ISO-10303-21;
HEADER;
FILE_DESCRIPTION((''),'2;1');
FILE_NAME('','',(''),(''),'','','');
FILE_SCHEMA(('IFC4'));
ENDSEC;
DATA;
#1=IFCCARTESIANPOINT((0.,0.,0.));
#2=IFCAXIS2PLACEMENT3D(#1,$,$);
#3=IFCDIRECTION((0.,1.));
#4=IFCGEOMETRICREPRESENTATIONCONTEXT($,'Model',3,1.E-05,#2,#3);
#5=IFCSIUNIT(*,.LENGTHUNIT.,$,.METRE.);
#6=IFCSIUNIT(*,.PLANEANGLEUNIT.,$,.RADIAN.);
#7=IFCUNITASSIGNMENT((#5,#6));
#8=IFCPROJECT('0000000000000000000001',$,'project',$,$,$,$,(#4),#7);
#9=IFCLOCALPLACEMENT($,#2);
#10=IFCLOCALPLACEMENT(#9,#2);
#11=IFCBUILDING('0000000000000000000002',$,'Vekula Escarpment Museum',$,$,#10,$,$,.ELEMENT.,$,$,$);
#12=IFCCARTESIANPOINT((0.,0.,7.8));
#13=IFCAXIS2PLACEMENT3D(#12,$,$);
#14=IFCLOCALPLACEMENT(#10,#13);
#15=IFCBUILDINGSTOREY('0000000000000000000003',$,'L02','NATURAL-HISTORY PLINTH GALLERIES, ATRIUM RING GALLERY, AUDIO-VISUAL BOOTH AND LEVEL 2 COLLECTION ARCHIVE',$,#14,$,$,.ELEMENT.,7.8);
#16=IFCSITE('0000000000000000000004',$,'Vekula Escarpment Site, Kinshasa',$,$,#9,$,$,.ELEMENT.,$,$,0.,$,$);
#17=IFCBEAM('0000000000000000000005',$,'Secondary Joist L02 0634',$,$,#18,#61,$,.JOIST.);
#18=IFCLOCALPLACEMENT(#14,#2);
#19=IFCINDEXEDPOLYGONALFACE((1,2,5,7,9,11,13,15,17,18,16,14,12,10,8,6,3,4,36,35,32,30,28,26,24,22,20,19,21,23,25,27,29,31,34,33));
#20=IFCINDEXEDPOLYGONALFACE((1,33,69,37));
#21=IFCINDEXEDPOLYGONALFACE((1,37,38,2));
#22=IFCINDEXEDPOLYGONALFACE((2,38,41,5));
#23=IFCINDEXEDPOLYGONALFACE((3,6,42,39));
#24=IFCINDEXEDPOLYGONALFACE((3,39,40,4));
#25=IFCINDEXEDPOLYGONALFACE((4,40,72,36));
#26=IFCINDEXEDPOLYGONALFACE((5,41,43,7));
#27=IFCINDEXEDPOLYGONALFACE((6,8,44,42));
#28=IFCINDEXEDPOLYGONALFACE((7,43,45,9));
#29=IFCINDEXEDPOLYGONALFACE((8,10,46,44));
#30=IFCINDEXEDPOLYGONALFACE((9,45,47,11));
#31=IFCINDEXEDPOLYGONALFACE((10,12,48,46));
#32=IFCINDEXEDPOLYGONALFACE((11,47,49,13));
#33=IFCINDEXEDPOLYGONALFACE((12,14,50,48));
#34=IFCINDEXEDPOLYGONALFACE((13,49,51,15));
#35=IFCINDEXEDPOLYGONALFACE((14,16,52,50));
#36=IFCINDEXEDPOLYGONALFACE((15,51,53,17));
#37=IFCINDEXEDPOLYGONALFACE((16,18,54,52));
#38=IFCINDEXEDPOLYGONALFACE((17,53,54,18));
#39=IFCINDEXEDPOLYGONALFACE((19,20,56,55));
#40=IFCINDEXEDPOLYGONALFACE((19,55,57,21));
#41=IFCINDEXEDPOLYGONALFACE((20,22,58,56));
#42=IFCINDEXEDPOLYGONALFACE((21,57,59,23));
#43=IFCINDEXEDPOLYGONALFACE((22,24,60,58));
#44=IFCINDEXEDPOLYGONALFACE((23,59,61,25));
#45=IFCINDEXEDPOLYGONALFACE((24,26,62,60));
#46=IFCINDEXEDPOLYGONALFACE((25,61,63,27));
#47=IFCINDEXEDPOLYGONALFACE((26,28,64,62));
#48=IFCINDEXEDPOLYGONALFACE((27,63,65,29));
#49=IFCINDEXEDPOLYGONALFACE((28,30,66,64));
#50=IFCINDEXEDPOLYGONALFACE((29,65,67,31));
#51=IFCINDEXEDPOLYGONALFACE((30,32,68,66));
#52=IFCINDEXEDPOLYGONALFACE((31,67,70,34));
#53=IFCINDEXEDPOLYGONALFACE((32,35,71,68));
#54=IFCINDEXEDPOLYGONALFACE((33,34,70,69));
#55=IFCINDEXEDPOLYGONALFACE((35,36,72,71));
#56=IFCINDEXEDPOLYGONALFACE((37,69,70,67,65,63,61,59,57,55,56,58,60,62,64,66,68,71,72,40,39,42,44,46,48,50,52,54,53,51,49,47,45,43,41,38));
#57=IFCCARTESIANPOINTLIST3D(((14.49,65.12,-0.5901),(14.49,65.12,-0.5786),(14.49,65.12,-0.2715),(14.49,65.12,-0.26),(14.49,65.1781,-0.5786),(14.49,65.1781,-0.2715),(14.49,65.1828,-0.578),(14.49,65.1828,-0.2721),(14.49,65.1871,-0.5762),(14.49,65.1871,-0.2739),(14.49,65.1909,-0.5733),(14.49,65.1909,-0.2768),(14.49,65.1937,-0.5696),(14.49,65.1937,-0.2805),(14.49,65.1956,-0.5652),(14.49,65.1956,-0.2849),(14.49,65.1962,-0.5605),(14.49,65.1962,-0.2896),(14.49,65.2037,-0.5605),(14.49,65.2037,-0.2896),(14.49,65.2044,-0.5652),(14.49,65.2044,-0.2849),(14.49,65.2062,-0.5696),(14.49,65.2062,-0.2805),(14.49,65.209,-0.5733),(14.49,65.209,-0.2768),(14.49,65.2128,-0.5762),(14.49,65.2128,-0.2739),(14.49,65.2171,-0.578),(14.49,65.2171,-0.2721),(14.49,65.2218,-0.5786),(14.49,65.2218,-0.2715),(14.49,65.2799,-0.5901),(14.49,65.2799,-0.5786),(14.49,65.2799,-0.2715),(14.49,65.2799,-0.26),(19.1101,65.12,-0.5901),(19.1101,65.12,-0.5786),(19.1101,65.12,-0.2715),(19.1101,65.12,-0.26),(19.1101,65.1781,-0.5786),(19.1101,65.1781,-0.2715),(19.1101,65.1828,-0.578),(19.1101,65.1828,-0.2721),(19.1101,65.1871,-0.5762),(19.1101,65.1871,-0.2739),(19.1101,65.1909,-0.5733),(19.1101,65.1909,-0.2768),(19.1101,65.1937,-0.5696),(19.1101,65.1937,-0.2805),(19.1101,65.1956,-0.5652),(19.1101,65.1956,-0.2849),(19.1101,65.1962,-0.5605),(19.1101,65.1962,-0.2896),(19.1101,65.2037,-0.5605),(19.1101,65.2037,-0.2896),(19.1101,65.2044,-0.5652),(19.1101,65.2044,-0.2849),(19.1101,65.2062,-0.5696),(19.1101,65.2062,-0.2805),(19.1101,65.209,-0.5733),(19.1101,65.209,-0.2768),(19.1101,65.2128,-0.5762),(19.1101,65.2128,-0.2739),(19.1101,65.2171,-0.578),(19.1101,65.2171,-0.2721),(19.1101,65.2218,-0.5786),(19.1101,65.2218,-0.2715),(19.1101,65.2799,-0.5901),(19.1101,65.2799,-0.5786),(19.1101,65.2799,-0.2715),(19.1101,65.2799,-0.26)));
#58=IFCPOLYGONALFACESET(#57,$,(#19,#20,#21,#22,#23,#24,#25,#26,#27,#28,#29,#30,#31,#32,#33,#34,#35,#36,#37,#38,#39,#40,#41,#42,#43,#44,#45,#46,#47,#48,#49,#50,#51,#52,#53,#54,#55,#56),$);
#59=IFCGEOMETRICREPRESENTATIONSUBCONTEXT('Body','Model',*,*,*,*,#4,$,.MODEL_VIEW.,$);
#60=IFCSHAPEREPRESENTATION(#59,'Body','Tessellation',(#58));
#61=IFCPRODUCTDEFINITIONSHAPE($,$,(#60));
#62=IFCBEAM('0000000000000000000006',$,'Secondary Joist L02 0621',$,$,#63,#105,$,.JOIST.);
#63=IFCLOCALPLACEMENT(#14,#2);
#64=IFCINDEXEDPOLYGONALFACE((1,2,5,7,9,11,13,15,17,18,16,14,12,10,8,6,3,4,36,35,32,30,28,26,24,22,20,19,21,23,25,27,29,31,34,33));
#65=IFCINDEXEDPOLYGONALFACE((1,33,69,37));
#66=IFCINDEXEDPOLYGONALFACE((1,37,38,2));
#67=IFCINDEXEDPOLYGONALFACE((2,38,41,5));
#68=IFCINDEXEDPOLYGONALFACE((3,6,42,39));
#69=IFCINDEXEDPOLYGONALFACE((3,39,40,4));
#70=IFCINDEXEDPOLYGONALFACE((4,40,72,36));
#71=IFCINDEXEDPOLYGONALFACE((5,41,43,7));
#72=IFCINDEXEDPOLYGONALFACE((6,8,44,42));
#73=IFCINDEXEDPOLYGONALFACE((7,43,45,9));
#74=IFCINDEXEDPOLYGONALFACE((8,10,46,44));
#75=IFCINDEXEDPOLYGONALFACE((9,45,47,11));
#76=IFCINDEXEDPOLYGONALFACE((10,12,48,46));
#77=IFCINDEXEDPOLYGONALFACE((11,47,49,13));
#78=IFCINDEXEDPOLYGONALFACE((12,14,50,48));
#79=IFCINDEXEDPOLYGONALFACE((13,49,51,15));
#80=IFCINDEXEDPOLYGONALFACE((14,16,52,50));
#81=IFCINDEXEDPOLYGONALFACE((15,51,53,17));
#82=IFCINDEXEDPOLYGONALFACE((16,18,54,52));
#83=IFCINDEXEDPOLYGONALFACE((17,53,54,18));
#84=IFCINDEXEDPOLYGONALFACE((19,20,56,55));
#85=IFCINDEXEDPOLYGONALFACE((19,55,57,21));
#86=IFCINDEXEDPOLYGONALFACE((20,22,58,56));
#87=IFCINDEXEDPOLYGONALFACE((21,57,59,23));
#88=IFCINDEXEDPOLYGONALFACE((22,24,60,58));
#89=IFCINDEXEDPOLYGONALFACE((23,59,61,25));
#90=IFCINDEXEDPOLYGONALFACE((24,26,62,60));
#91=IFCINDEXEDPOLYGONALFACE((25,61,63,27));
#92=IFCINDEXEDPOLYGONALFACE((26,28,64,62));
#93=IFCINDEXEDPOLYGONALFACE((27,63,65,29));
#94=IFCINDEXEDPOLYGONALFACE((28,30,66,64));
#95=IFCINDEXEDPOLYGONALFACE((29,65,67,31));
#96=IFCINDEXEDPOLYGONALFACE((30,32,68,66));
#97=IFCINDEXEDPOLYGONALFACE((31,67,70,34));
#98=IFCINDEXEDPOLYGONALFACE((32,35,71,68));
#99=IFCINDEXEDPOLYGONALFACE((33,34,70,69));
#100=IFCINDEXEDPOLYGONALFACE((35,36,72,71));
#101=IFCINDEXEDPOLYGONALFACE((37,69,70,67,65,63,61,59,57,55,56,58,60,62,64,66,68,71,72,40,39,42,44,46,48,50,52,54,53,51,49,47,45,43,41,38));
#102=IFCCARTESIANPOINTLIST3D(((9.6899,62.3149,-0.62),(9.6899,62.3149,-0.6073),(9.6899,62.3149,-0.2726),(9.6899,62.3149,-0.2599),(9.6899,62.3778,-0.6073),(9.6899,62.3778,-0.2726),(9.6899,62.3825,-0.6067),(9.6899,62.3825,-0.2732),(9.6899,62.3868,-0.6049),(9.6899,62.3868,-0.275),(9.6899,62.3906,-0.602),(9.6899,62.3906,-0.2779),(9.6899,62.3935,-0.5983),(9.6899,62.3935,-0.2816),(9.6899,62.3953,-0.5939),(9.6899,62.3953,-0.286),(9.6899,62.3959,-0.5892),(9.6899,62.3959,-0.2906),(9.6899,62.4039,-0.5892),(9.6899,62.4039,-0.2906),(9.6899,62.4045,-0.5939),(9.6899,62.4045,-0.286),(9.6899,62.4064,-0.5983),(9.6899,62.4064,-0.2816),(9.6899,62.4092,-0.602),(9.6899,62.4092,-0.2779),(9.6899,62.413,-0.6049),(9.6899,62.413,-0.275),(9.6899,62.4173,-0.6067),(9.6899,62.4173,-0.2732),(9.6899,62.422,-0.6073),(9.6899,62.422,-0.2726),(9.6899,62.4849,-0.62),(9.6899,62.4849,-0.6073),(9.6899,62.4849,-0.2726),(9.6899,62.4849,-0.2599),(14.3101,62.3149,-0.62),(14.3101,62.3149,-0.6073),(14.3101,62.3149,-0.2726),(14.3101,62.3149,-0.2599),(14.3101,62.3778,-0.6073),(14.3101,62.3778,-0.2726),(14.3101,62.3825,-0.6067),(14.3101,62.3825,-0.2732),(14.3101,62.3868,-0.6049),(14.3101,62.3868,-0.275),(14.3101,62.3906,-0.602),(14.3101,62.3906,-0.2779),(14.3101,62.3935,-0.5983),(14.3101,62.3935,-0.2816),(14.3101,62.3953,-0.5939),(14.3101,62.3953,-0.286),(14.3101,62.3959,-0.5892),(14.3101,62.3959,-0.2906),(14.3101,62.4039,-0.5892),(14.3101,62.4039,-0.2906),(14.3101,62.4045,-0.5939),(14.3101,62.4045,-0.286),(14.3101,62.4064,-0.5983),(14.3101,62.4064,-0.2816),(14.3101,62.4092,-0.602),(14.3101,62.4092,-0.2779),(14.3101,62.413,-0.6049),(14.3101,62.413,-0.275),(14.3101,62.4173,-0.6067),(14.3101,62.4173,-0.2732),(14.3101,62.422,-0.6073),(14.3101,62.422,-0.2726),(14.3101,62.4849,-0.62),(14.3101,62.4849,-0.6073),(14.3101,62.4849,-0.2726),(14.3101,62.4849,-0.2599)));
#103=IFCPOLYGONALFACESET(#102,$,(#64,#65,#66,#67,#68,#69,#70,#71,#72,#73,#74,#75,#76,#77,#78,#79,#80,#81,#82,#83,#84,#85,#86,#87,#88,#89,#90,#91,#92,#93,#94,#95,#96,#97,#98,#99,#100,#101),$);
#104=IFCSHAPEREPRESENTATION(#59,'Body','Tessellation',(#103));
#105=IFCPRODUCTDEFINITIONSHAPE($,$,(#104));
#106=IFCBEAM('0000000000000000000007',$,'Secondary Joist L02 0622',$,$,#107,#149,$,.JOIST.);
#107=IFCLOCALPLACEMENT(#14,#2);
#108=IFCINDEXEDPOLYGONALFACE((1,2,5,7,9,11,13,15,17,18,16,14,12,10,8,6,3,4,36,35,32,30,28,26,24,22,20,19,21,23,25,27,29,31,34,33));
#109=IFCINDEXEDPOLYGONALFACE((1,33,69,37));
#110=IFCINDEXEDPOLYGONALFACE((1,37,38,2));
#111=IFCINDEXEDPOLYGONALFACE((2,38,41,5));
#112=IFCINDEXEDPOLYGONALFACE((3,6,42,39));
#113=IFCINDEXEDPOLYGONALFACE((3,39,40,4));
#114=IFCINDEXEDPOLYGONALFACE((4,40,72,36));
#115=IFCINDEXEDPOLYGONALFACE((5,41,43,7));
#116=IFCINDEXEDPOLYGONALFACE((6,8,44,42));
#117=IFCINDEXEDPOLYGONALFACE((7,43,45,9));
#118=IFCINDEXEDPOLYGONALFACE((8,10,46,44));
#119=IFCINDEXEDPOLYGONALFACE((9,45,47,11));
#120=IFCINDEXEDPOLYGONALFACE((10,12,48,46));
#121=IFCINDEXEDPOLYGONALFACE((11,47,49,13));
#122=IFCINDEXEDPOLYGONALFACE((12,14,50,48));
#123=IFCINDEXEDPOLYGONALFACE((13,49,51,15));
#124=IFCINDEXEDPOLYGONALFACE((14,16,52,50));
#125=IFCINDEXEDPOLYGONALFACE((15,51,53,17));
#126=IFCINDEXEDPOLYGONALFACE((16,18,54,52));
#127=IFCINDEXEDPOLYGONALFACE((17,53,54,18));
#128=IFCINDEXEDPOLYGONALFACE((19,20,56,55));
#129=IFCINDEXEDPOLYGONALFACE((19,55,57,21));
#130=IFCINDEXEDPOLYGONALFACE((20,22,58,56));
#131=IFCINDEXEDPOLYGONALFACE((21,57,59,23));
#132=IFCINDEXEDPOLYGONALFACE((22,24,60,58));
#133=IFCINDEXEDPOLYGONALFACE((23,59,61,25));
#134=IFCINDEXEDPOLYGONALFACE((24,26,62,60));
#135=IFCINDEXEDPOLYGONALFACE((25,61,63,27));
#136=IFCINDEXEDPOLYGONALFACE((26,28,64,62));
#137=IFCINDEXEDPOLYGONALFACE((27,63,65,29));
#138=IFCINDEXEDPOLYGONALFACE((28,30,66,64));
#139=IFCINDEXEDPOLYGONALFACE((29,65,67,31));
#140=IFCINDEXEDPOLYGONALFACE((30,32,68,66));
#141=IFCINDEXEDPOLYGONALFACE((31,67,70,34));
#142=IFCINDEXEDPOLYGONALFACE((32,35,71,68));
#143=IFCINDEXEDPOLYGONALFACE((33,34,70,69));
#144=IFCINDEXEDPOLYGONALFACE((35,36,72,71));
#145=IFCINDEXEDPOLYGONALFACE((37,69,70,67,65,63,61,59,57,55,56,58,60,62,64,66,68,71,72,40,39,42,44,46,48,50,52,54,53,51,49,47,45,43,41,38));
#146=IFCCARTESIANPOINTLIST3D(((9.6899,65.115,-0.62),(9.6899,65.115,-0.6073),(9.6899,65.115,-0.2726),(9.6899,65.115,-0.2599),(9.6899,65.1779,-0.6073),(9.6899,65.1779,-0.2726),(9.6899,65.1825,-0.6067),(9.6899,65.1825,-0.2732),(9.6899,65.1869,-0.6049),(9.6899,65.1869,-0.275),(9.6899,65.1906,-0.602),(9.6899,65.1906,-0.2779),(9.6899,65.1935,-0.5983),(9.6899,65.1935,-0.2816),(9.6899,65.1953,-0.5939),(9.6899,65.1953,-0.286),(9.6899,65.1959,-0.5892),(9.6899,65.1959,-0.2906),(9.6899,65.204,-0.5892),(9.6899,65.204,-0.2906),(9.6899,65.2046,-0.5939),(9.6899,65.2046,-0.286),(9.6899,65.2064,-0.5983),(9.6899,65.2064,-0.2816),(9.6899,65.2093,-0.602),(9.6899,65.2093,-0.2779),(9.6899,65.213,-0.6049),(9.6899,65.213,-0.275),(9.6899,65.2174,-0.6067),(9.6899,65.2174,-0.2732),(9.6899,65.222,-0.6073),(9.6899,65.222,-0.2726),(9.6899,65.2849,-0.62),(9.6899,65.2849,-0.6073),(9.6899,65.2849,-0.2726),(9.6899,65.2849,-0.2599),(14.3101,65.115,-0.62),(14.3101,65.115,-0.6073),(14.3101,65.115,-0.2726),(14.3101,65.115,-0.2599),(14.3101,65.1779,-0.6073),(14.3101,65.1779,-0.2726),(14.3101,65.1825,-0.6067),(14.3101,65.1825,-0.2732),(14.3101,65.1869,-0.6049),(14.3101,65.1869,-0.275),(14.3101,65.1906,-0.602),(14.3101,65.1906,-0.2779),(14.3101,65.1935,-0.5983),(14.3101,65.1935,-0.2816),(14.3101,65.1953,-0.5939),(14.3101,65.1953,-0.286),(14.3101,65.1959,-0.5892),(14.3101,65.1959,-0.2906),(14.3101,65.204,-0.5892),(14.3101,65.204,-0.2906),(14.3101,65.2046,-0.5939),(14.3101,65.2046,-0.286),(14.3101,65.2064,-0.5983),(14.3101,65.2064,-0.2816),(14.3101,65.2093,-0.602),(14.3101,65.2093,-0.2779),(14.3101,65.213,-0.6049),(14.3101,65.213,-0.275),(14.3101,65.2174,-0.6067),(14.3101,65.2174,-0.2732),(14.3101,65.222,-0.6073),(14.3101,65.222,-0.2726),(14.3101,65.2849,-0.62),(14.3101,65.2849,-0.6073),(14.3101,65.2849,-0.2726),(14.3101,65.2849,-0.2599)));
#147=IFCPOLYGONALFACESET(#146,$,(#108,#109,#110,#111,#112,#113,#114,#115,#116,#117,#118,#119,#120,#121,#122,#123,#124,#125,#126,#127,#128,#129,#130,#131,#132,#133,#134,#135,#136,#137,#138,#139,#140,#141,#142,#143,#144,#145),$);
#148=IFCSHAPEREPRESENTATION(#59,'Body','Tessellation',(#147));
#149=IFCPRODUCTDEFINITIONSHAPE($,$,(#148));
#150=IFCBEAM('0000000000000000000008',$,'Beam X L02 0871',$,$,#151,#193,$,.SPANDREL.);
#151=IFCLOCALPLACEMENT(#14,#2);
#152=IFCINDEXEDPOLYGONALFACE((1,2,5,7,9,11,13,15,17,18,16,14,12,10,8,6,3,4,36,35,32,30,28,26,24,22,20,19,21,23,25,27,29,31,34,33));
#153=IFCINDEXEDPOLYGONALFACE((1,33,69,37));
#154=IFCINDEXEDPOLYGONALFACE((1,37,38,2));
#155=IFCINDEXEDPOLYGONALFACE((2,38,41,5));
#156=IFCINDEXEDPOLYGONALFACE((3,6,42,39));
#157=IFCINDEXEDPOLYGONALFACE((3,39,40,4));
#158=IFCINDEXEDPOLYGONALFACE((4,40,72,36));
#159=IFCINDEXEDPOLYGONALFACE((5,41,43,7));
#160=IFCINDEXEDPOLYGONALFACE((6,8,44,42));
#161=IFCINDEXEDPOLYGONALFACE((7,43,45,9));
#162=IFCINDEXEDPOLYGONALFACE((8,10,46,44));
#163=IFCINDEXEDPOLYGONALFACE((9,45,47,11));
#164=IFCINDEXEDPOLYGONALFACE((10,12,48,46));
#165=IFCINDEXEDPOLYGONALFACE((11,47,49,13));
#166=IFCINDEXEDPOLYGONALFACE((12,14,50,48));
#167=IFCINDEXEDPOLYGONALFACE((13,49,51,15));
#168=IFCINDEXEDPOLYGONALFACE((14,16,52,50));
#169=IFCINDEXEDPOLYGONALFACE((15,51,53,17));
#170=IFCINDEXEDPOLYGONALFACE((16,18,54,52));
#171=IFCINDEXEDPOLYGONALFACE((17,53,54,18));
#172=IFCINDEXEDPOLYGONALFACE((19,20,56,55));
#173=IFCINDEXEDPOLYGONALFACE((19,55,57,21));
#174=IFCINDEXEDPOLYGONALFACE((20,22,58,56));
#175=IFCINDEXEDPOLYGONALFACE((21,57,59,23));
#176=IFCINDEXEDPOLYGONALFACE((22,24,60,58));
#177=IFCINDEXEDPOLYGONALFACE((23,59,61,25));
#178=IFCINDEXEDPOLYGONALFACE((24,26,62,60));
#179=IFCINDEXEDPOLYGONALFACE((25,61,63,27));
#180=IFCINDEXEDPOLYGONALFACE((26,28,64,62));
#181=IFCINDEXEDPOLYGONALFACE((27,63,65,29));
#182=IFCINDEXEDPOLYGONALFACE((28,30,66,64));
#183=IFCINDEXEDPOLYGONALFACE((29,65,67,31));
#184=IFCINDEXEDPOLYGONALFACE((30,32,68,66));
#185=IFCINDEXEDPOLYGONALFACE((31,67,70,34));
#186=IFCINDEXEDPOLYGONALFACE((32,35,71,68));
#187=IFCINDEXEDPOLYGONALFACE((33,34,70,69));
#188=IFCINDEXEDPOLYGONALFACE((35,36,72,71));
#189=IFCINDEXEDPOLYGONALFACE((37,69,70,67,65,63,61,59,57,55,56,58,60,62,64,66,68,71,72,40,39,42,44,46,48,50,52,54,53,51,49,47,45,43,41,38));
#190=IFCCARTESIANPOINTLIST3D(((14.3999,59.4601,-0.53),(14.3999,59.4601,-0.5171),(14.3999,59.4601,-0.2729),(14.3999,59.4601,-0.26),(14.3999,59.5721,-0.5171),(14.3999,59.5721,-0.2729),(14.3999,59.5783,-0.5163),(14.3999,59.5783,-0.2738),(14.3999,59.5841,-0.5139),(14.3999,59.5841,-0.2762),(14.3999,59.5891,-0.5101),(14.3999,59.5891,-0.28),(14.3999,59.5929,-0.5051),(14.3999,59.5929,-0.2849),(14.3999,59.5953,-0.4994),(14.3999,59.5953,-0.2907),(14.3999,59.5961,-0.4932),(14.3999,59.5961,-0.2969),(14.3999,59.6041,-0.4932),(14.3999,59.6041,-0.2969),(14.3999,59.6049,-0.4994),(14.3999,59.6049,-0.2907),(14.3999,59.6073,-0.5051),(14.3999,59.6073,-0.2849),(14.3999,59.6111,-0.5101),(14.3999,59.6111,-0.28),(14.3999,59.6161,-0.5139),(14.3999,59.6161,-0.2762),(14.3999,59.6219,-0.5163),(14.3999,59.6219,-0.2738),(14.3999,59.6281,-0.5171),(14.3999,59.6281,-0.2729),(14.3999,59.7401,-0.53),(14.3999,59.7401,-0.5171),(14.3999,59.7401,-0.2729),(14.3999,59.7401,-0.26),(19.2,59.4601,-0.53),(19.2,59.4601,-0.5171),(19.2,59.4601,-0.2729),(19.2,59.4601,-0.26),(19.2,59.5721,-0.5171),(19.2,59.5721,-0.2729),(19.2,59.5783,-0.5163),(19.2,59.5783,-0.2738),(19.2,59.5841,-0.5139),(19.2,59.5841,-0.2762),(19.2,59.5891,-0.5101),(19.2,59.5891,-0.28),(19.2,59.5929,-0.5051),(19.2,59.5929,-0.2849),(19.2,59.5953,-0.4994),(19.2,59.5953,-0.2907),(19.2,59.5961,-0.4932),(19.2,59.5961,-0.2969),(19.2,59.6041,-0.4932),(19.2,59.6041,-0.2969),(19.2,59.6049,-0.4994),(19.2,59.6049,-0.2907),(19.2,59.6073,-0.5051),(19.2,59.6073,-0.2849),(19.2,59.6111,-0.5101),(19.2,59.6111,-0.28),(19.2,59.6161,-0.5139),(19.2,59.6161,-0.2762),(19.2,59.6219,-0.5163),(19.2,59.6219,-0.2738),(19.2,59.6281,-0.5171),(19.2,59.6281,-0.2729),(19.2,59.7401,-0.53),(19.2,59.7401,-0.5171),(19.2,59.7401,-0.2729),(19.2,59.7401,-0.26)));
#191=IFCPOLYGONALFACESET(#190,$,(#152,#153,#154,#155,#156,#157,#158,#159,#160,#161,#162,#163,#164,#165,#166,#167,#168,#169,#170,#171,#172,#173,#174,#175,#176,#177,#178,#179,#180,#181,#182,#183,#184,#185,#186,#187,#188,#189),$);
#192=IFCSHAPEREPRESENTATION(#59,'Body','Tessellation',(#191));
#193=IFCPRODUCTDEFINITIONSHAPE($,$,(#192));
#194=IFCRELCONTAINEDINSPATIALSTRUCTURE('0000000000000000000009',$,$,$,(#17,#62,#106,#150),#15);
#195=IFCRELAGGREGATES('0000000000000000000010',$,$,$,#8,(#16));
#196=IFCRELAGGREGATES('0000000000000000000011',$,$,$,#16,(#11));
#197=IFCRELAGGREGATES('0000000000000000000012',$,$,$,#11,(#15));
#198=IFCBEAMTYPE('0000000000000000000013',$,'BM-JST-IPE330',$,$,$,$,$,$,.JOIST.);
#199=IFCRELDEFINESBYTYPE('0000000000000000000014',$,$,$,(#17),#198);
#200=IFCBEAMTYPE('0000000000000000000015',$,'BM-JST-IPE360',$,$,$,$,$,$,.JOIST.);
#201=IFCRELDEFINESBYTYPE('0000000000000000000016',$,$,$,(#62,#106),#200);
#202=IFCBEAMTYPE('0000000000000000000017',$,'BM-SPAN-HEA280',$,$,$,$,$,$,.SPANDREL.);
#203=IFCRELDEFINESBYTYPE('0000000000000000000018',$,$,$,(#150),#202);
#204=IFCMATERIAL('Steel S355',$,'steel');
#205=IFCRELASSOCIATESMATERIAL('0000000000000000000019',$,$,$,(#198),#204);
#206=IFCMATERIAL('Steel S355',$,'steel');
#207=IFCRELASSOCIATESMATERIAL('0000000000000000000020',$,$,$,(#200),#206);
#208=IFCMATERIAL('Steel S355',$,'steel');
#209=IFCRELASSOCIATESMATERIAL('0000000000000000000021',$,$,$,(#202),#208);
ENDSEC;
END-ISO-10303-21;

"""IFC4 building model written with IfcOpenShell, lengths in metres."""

from ifc_helpers import new_model, si_unit, direction, frame, origin, origin_2d, place, context, subcontext, project, spatial, i_section, extrude, material, material_profile, profile_set, type_object, element, save


model = new_model("IFC4")

# Units and contexts
model_context = context("Model", 3, precision=1e-05, world=origin(), true_north=direction((0.0, 1.0)))
body_context = subcontext(model_context, "Body", "Model", "MODEL_VIEW")
ifc_project = project(units=[si_unit("LENGTHUNIT", "METRE"), si_unit("PLANEANGLEUNIT", "RADIAN")], contexts=[model_context])

# Site, building, storey
site_placement = place(None, origin())
site = spatial("IfcSite", under=ifc_project, at=site_placement, Name="Vekula Escarpment Site, Kinshasa", CompositionType="ELEMENT", RefElevation=0.0)
building_placement = place(site_placement, origin())
building = spatial("IfcBuilding", under=site, at=building_placement, Name="Vekula Escarpment Museum", CompositionType="ELEMENT")
storey_placement = place(building_placement, frame((0.0, 0.0, 7.8)))
storey = spatial("IfcBuildingStorey", under=building, at=storey_placement, Name="L02", Description="NATURAL-HISTORY PLINTH GALLERIES, ATRIUM RING GALLERY, AUDIO-VISUAL BOOTH AND LEVEL 2 COLLECTION ARCHIVE", CompositionType="ELEMENT", Elevation=7.8)

# Beams
ifc_material_1 = material(Name="Steel S355", Category="steel")
ifc_material_profile_1 = material_profile(ifc_material_1, i_section(OverallWidth=0.1599, OverallDepth=0.3301, WebThickness=0.0076, FlangeThickness=0.0115, FilletRadius=0.0181, at=origin_2d()), Name="IPE 330")
ifc_profile_set_1 = profile_set([ifc_material_profile_1], Name="Steel S355")
beam_type_1 = type_object("IfcBeamType", Name="BM-JST-IPE330", PredefinedType="JOIST", material=ifc_profile_set_1)
for number, where, z_axis, x_axis, name in (
    (1, (14.49, 65.2, -0.425), (1.0, 0.0, 0.0), (0.0, 1.0, 0.0), "Secondary Joist L02 0634"),
):
    element("IfcBeam", number, at=place(storey_placement, frame(where, z_axis=z_axis, x_axis=x_axis)), inside=storey, type_object=beam_type_1, Name=name, PredefinedType="JOIST", context=body_context, shape_type="SweptSolid", body=[
        extrude(i_section(OverallWidth=0.1599, OverallDepth=0.3301, WebThickness=0.0076, FlangeThickness=0.0115, FilletRadius=0.0181, at=origin_2d()), origin(), (0.0, 0.0, 1.0), 4.6201),
    ])
ifc_material_2 = material(Name="Steel S355", Category="steel")
ifc_material_profile_2 = material_profile(ifc_material_2, i_section(OverallWidth=0.1699, OverallDepth=0.3601, WebThickness=0.0081, FlangeThickness=0.0127, FilletRadius=0.0181, at=origin_2d()), Name="IPE 360")
ifc_profile_set_2 = profile_set([ifc_material_profile_2], Name="Steel S355")
beam_type_2 = type_object("IfcBeamType", Name="BM-JST-IPE360", PredefinedType="JOIST", material=ifc_profile_set_2)
for number, where, z_axis, x_axis, name in (
    (2, (9.6899, 62.3999, -0.4399), (1.0, 0.0, 0.0), (0.0, 1.0, 0.0), "Secondary Joist L02 0621"),
    (3, (9.6899, 65.2, -0.4399), (1.0, 0.0, 0.0), (0.0, 1.0, 0.0), "Secondary Joist L02 0622"),
):
    element("IfcBeam", number, at=place(storey_placement, frame(where, z_axis=z_axis, x_axis=x_axis)), inside=storey, type_object=beam_type_2, Name=name, PredefinedType="JOIST", context=body_context, shape_type="SweptSolid", body=[
        extrude(i_section(OverallWidth=0.1699, OverallDepth=0.3601, WebThickness=0.0081, FlangeThickness=0.0127, FilletRadius=0.0181, at=origin_2d()), origin(), (0.0, 0.0, 1.0), 4.6201),
    ])
ifc_material_3 = material(Name="Steel S355", Category="steel")
ifc_material_profile_3 = material_profile(ifc_material_3, i_section(OverallWidth=0.28, OverallDepth=0.27, WebThickness=0.0081, FlangeThickness=0.0129, FilletRadius=0.0239, at=origin_2d()), Name="HEA 280")
ifc_profile_set_3 = profile_set([ifc_material_profile_3], Name="Steel S355")
beam_type_3 = type_object("IfcBeamType", Name="BM-SPAN-HEA280", PredefinedType="SPANDREL", material=ifc_profile_set_3)
for number, where, z_axis, x_axis, name in (
    (4, (14.3999, 59.6001, -0.395), (1.0, 0.0, 0.0), (0.0, 1.0, 0.0), "Beam X L02 0871"),
):
    element("IfcBeam", number, at=place(storey_placement, frame(where, z_axis=z_axis, x_axis=x_axis)), inside=storey, type_object=beam_type_3, Name=name, PredefinedType="SPANDREL", context=body_context, shape_type="SweptSolid", body=[
        extrude(i_section(OverallWidth=0.28, OverallDepth=0.27, WebThickness=0.0081, FlangeThickness=0.0129, FilletRadius=0.0239, at=origin_2d()), origin(), (0.0, 0.0, 1.0), 4.8),
    ])

save(model, "model.ifc")
